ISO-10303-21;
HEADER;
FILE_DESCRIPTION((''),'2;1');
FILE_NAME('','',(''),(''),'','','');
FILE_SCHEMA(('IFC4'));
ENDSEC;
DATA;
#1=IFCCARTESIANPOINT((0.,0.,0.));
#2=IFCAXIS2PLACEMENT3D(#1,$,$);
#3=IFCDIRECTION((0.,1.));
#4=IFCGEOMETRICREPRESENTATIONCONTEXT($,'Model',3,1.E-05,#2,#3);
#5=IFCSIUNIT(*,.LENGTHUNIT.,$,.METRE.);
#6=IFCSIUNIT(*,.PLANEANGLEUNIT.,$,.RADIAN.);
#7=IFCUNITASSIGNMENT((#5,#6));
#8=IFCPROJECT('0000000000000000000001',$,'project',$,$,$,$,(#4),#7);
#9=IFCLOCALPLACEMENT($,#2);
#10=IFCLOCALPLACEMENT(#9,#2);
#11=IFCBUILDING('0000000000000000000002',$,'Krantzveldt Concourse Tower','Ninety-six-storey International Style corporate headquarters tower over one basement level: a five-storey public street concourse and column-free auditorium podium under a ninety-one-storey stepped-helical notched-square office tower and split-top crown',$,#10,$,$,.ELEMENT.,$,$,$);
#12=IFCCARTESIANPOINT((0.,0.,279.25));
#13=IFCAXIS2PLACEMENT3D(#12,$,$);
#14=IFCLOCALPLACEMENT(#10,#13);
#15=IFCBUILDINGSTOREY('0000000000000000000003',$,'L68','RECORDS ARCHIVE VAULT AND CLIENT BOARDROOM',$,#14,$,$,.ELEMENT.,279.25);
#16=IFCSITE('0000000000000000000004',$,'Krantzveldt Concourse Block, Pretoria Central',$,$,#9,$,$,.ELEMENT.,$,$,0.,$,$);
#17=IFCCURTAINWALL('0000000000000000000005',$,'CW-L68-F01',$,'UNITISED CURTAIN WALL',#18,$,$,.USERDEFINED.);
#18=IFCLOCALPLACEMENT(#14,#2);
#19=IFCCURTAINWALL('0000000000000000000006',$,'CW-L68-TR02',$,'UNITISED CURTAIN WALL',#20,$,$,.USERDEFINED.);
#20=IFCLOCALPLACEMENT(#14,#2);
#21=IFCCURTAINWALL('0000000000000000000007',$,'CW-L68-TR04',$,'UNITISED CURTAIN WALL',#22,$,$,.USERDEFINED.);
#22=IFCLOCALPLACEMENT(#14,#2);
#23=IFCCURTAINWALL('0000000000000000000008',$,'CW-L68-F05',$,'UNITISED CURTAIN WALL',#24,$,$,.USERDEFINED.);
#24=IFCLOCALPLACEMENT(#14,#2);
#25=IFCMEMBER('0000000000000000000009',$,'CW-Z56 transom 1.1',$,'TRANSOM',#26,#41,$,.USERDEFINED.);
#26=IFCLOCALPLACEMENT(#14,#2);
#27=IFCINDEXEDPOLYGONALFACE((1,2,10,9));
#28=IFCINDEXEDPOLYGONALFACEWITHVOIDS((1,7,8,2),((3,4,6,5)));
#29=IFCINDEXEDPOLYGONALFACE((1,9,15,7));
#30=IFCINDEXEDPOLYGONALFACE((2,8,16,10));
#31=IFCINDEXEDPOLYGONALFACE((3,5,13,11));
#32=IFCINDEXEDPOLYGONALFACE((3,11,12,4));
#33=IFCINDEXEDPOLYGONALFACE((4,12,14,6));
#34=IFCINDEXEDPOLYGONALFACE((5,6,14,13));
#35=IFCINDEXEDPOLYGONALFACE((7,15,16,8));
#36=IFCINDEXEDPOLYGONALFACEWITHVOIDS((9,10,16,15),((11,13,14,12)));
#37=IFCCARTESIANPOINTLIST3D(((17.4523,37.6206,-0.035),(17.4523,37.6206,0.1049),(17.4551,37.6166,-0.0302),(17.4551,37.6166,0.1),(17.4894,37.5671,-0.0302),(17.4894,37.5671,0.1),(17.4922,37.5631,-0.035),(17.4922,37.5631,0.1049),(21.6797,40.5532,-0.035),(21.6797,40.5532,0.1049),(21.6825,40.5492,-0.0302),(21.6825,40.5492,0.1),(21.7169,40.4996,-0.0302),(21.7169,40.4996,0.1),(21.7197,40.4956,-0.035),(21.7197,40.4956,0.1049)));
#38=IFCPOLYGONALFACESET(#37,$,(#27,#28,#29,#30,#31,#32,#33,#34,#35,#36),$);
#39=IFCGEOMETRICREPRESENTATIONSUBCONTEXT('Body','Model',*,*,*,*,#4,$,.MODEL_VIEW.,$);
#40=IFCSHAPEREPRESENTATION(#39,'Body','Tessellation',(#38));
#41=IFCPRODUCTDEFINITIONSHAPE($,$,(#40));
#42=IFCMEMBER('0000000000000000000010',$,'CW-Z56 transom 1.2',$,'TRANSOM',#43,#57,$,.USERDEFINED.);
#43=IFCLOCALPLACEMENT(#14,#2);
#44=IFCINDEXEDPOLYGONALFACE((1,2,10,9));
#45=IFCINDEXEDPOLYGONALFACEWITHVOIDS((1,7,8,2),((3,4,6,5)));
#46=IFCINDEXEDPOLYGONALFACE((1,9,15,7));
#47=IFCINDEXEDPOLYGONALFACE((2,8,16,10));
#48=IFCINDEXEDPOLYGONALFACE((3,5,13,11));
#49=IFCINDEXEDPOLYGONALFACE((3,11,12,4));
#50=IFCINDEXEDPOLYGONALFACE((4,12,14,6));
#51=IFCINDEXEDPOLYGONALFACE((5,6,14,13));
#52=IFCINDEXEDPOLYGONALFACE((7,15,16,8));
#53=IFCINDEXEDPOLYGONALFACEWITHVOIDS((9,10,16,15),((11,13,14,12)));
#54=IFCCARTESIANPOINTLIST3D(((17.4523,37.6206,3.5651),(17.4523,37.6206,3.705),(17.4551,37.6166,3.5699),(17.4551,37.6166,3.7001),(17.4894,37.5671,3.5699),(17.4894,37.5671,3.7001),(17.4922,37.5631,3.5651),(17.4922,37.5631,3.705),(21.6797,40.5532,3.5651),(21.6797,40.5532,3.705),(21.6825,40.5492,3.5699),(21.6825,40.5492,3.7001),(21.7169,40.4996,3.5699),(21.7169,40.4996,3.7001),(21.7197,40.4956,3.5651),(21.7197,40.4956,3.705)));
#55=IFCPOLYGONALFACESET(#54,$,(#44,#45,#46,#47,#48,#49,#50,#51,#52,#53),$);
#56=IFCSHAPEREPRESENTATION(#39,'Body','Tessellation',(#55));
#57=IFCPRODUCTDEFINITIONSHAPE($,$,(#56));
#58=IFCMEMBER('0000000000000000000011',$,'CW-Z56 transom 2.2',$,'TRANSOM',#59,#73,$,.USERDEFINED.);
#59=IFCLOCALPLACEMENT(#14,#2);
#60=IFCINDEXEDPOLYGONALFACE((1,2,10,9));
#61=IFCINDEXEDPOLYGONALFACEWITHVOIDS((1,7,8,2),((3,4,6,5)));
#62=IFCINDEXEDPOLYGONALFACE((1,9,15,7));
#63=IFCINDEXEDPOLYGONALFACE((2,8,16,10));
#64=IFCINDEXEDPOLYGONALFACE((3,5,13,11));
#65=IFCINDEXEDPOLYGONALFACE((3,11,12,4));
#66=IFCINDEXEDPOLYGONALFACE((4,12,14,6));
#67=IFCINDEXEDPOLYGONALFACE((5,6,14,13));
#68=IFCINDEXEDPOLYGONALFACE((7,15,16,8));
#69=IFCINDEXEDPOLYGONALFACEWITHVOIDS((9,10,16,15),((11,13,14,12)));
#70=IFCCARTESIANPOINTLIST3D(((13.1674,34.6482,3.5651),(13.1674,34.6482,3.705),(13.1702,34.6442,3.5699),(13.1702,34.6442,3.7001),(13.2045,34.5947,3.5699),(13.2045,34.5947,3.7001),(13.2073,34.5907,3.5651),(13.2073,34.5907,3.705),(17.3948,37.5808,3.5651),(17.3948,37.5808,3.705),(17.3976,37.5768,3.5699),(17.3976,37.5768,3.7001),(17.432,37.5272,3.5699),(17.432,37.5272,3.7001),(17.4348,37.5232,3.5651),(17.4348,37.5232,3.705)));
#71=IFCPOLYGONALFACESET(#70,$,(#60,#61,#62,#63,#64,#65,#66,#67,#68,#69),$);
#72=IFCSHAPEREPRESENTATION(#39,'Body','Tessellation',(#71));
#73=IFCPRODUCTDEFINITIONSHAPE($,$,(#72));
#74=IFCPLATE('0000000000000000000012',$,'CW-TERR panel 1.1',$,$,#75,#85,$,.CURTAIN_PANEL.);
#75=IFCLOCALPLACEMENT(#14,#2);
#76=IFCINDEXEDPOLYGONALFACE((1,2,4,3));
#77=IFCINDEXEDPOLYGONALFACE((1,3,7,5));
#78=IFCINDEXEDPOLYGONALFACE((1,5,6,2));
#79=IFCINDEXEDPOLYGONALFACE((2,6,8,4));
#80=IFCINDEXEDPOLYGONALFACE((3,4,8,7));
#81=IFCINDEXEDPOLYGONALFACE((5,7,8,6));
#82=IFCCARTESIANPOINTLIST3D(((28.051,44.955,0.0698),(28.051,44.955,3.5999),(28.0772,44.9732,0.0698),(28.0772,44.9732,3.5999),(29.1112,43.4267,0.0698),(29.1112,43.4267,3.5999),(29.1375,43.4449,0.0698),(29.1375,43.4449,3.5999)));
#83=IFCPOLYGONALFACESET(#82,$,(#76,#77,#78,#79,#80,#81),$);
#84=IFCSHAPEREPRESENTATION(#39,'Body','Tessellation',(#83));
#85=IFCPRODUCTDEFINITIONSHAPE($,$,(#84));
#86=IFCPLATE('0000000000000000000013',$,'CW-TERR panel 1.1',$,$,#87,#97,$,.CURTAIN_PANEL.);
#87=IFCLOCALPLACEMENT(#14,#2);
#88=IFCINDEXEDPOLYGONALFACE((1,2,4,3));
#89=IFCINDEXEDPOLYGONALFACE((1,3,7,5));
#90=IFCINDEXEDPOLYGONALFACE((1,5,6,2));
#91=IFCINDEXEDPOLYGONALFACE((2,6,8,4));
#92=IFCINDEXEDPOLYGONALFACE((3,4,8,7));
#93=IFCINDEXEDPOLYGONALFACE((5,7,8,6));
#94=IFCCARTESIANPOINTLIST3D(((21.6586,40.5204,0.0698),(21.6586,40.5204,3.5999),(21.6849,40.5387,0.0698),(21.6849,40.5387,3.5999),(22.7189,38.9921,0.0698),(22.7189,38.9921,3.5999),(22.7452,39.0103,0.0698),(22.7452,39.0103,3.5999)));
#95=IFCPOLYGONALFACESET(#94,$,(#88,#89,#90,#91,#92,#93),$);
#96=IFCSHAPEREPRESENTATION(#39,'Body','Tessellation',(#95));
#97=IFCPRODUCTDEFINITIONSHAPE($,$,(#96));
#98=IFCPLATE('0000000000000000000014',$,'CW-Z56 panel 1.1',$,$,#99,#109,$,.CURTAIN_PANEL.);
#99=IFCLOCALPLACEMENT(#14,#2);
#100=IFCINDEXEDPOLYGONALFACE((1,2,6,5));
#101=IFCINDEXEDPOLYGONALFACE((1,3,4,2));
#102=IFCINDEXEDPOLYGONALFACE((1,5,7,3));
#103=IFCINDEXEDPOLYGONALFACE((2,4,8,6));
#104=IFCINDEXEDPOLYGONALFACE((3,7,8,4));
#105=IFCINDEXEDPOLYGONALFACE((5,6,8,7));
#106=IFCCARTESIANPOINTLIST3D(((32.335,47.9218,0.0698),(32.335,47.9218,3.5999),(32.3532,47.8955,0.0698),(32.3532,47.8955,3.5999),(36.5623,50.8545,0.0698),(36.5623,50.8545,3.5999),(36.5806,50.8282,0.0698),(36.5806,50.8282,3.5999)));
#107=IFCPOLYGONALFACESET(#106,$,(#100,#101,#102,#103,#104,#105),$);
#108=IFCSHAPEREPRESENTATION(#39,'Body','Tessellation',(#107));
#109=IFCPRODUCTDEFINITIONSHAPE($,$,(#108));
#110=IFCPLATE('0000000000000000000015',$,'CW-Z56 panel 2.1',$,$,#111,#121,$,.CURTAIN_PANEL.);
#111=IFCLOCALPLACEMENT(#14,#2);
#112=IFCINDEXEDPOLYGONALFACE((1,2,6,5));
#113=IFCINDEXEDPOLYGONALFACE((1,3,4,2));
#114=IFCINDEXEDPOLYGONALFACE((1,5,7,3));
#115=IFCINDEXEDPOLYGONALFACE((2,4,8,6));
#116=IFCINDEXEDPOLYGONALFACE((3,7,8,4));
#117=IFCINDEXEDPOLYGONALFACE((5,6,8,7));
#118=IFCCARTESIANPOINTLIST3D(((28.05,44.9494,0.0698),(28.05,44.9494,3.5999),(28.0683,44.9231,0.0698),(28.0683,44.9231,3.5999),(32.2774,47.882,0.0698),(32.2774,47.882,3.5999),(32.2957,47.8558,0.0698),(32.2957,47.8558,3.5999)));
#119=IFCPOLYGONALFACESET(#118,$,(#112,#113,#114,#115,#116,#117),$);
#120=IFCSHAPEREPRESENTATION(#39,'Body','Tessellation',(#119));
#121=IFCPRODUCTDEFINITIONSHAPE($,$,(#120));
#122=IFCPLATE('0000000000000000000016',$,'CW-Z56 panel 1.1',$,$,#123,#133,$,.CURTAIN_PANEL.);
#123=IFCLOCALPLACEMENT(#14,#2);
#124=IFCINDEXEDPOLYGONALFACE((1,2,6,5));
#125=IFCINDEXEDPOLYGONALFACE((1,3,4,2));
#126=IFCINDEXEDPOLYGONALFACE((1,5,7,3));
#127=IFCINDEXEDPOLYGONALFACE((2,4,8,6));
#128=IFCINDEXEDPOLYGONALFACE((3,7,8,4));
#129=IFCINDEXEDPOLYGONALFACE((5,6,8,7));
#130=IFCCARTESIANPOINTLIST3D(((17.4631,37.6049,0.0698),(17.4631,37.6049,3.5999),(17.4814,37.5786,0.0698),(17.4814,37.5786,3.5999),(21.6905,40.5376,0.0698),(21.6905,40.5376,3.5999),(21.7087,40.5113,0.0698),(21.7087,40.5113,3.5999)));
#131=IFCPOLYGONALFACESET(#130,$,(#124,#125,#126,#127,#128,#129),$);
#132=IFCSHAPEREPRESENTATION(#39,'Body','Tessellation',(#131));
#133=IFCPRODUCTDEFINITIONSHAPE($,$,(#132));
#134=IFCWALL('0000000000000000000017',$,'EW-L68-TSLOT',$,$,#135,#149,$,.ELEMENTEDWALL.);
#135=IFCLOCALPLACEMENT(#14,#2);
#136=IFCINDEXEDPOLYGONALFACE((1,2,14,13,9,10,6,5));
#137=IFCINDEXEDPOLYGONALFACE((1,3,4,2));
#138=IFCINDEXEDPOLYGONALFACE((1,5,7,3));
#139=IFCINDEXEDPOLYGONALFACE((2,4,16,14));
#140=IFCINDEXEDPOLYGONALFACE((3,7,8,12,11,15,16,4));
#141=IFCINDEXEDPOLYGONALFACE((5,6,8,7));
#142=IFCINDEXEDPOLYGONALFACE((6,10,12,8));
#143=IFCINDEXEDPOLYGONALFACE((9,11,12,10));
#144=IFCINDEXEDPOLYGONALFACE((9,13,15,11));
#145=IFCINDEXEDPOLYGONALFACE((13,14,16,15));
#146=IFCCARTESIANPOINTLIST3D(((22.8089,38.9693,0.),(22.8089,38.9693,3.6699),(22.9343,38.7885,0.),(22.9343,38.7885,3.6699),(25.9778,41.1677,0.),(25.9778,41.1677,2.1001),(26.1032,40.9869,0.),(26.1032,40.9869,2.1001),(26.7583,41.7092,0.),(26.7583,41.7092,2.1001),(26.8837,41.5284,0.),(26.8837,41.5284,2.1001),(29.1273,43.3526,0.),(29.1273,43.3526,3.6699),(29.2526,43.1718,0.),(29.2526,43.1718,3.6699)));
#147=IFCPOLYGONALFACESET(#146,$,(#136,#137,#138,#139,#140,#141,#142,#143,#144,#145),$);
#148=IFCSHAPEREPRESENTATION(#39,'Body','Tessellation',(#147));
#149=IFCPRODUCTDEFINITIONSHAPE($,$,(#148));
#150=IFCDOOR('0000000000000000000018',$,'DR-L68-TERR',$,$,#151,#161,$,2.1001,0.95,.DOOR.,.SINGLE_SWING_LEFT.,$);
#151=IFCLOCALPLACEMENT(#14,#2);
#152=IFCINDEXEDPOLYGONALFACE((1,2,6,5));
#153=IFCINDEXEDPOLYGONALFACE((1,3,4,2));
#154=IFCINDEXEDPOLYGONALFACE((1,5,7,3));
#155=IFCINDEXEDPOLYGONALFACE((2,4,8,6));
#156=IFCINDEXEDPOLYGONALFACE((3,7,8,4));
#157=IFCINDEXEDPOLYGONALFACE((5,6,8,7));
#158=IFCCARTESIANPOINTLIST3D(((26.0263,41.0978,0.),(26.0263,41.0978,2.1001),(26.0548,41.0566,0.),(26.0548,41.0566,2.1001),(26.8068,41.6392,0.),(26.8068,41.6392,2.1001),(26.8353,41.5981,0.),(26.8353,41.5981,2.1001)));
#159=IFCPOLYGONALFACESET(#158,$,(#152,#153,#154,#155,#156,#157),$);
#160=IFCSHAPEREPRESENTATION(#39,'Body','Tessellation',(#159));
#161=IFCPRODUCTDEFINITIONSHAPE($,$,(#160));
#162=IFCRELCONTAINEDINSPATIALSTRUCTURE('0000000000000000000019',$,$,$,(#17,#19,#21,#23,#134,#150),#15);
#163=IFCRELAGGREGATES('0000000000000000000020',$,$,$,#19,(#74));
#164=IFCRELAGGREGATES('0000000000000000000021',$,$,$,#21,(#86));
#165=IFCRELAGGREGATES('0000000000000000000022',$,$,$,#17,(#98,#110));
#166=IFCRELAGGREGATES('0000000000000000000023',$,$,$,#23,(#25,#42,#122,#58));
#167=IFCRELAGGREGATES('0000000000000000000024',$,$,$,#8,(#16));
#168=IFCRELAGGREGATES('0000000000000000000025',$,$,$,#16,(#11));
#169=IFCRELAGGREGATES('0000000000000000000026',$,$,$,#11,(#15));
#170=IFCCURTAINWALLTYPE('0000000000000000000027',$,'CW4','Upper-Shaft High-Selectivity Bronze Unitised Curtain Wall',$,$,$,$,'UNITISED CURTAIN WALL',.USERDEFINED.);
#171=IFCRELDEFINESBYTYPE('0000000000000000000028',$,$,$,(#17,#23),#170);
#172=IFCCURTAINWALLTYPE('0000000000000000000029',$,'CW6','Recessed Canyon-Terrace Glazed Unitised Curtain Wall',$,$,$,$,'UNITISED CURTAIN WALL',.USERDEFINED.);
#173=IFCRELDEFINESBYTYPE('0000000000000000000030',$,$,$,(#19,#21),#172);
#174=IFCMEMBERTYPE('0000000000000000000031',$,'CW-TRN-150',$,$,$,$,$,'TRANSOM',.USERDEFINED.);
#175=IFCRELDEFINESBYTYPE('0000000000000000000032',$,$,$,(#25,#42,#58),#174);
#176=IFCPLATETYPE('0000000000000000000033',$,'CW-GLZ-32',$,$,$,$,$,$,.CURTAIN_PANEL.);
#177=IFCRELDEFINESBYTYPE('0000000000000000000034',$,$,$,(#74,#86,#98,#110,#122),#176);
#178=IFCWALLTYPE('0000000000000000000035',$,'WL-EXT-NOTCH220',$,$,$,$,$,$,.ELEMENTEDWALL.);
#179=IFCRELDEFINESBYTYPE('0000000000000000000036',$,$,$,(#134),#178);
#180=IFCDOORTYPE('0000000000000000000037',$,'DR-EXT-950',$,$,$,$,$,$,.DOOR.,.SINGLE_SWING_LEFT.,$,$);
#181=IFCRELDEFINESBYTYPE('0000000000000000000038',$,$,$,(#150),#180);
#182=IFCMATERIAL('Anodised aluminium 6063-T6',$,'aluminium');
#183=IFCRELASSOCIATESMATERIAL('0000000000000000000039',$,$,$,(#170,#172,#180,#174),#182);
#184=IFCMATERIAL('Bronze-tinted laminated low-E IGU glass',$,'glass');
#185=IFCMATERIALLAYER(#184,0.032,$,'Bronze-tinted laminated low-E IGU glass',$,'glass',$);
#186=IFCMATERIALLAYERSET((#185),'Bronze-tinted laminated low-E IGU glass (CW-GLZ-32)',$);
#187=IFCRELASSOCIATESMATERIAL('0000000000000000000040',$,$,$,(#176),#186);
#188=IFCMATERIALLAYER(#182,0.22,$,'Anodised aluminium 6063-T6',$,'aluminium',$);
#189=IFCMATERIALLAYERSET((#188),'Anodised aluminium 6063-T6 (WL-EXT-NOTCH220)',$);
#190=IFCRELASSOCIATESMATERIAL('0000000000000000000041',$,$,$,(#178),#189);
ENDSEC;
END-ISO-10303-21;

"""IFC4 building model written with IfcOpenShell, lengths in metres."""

from ifc_helpers import new_model, si_unit, direction, frame, frame_2d, origin, origin_2d, place, context, subcontext, project, spatial, rectangle, hollow_rectangle, extrude, source, transform, mapped, material, layer, layer_set, material_profile, profile_set, type_object, type_shapes, element, fill, aggregate, save


model = new_model("IFC4")

# Units and contexts
model_context = context("Model", 3, precision=1e-05, world=origin(), true_north=direction((0.0, 1.0)))
body_context = subcontext(model_context, "Body", "Model", "MODEL_VIEW")
ifc_project = project(units=[si_unit("LENGTHUNIT", "METRE"), si_unit("PLANEANGLEUNIT", "RADIAN")], contexts=[model_context])

# Site, building, storey
site_placement = place(None, origin())
site = spatial("IfcSite", under=ifc_project, at=site_placement, Name="Krantzveldt Concourse Block, Pretoria Central", CompositionType="ELEMENT", RefElevation=0.0)
building_placement = place(site_placement, origin())
building = spatial("IfcBuilding", under=site, at=building_placement, Name="Krantzveldt Concourse Tower", Description="Ninety-six-storey International Style corporate headquarters tower over one basement level: a five-storey public street concourse and column-free auditorium podium under a ninety-one-storey stepped-helical notched-square office tower and split-top crown", CompositionType="ELEMENT")
storey_placement = place(building_placement, frame((0.0, 0.0, 279.25)))
storey = spatial("IfcBuildingStorey", under=building, at=storey_placement, Name="L68", Description="RECORDS ARCHIVE VAULT AND CLIENT BOARDROOM", CompositionType="ELEMENT", Elevation=279.25)

# Curtain walls
ifc_material_1 = material(Name="Anodised aluminium 6063-T6", Category="aluminium")
curtain_wall_type_1 = type_object("IfcCurtainWallType", Name="CW4", Description="Upper-Shaft High-Selectivity Bronze Unitised Curtain Wall", ElementType="UNITISED CURTAIN WALL", PredefinedType="USERDEFINED", material=ifc_material_1)
curtain_wall_1_placement = place(storey_placement, origin())
curtain_wall_1 = element("IfcCurtainWall", 1, at=curtain_wall_1_placement, inside=storey, type_object=curtain_wall_type_1, Name="CW-L68-F01", ObjectType="UNITISED CURTAIN WALL", PredefinedType="USERDEFINED")
curtain_wall_type_2 = type_object("IfcCurtainWallType", Name="CW6", Description="Recessed Canyon-Terrace Glazed Unitised Curtain Wall", ElementType="UNITISED CURTAIN WALL", PredefinedType="USERDEFINED", material=ifc_material_1)
curtain_wall_2_placement = place(storey_placement, origin())
curtain_wall_2 = element("IfcCurtainWall", 2, at=curtain_wall_2_placement, inside=storey, type_object=curtain_wall_type_2, Name="CW-L68-TR02", ObjectType="UNITISED CURTAIN WALL", PredefinedType="USERDEFINED")
curtain_wall_3_placement = place(storey_placement, origin())
curtain_wall_3 = element("IfcCurtainWall", 3, at=curtain_wall_3_placement, inside=storey, type_object=curtain_wall_type_2, Name="CW-L68-TR04", ObjectType="UNITISED CURTAIN WALL", PredefinedType="USERDEFINED")
curtain_wall_4_placement = place(storey_placement, origin())
curtain_wall_4 = element("IfcCurtainWall", 4, at=curtain_wall_4_placement, inside=storey, type_object=curtain_wall_type_1, Name="CW-L68-F05", ObjectType="UNITISED CURTAIN WALL", PredefinedType="USERDEFINED")

# Members
ifc_material_profile_1 = material_profile(ifc_material_1, hollow_rectangle(XDim=0.0701, YDim=0.1399, WallThickness=0.0049, at=origin_2d()), Name="Anodised aluminium 6063-T6", Category="aluminium")
ifc_profile_set_1 = profile_set([ifc_material_profile_1], Name="Anodised aluminium 6063-T6 - ALU-TRAN 140x70x5")
member_type_1 = type_object("IfcMemberType", Name="CW-TRN-150", ElementType="TRANSOM", PredefinedType="USERDEFINED", material=ifc_profile_set_1)
shared_shape_1 = source(origin(), body_context, "Body", "SweptSolid", [
    extrude(hollow_rectangle(XDim=0.0701, YDim=0.1399, WallThickness=0.0049, at=origin_2d()), origin(), (0.0, 0.0, 1.0), 5.145),
])
member_1_placement = place(storey_placement, frame((21.6997, 40.5244, 0.0349), z_axis=(-0.821659, -0.56998, 0.0), x_axis=(0.56998, -0.821659, 0.0)))
member_1 = element("IfcMember", 5, at=member_1_placement, type_object=member_type_1, Name="CW-Z56 transom 1.1", ObjectType="TRANSOM", PredefinedType="USERDEFINED", context=body_context, shape_type="MappedRepresentation", body=[
    mapped(shared_shape_1, transform((0.0, 0.0, 0.0), x_axis=(1.0, 0.0, 0.0), y_axis=(0.0, 1.0, 0.0), z_axis=(0.0, 0.0, 1.0), scale=1.0)),
])
member_2_placement = place(storey_placement, frame((21.6997, 40.5244, 3.635), z_axis=(-0.821659, -0.56998, 0.0), x_axis=(0.56998, -0.821659, 0.0)))
member_2 = element("IfcMember", 6, at=member_2_placement, type_object=member_type_1, Name="CW-Z56 transom 1.2", ObjectType="TRANSOM", PredefinedType="USERDEFINED", context=body_context, shape_type="MappedRepresentation", body=[
    mapped(shared_shape_1, transform((0.0, 0.0, 0.0), x_axis=(1.0, 0.0, 0.0), y_axis=(0.0, 1.0, 0.0), z_axis=(0.0, 0.0, 1.0), scale=1.0)),
])
member_3_placement = place(storey_placement, frame((17.4148, 37.552, 3.635), z_axis=(-0.821659, -0.56998, 0.0), x_axis=(0.56998, -0.821659, 0.0)))
member_3 = element("IfcMember", 7, at=member_3_placement, type_object=member_type_1, Name="CW-Z56 transom 2.2", ObjectType="TRANSOM", PredefinedType="USERDEFINED", context=body_context, shape_type="MappedRepresentation", body=[
    mapped(shared_shape_1, transform((0.0, 0.0, 0.0), x_axis=(1.0, 0.0, 0.0), y_axis=(0.0, 1.0, 0.0), z_axis=(0.0, 0.0, 1.0), scale=1.0)),
])

# Plates
ifc_material_2 = material(Name="Bronze-tinted laminated low-E IGU glass", Category="glass")
ifc_layer_1 = layer(ifc_material_2, 0.032, Name="Bronze-tinted laminated low-E IGU glass", Category="glass")
ifc_layer_set_1 = layer_set([ifc_layer_1], Name="Bronze-tinted laminated low-E IGU glass (CW-GLZ-32)")
plate_type = type_object("IfcPlateType", Name="CW-GLZ-32", PredefinedType="CURTAIN_PANEL", material=ifc_layer_set_1)
shared_shape_2 = source(origin(), body_context, "Body", "SweptSolid", [
    extrude(rectangle(XDim=1.8601, YDim=0.032, at=origin_2d()), origin(), (0.0, 0.0, 1.0), 3.53),
])
plate_1_placement = place(storey_placement, frame((28.5942, 44.2, 0.0698), z_axis=(0.0, 0.0, 1.0), x_axis=(0.569998, -0.821646, 0.0)))
plate_1 = element("IfcPlate", 8, at=plate_1_placement, type_object=plate_type, Name="CW-TERR panel 1.1", PredefinedType="CURTAIN_PANEL", context=body_context, shape_type="MappedRepresentation", body=[
    mapped(shared_shape_2, transform((0.0, 0.0, 0.0), x_axis=(1.0, 0.0, 0.0), y_axis=(0.0, 1.0, 0.0), z_axis=(0.0, 0.0, 1.0), scale=1.0)),
])
aggregate(curtain_wall_2, [plate_1])
plate_2_placement = place(storey_placement, frame((22.2019, 39.7654, 0.0698), z_axis=(0.0, 0.0, 1.0), x_axis=(-0.569996, 0.821647, 0.0)))
plate_2 = element("IfcPlate", 9, at=plate_2_placement, type_object=plate_type, Name="CW-TERR panel 1.1", PredefinedType="CURTAIN_PANEL", context=body_context, shape_type="MappedRepresentation", body=[
    mapped(shared_shape_2, transform((0.0, 0.0, 0.0), x_axis=(1.0, 0.0, 0.0), y_axis=(0.0, 1.0, 0.0), z_axis=(0.0, 0.0, 1.0), scale=1.0)),
])
aggregate(curtain_wall_3, [plate_2])
shared_shape_3 = source(origin(), body_context, "Body", "SweptSolid", [
    extrude(rectangle(XDim=5.145, YDim=0.032, at=origin_2d()), origin(), (0.0, 0.0, 1.0), 3.53),
])
type_shapes(plate_type, [shared_shape_2, shared_shape_3])
plate_3_placement = place(storey_placement, frame((34.4578, 49.375, 0.0698), z_axis=(0.0, 0.0, 1.0), x_axis=(-0.821647, -0.569997, 0.0)))
plate_3 = element("IfcPlate", 10, at=plate_3_placement, type_object=plate_type, Name="CW-Z56 panel 1.1", PredefinedType="CURTAIN_PANEL", context=body_context, shape_type="MappedRepresentation", body=[
    mapped(shared_shape_3, transform((0.0, 0.0, 0.0), x_axis=(1.0, 0.0, 0.0), y_axis=(0.0, 1.0, 0.0), z_axis=(0.0, 0.0, 1.0), scale=1.0)),
])
plate_4_placement = place(storey_placement, frame((30.1729, 46.4026, 0.0698), z_axis=(0.0, 0.0, 1.0), x_axis=(-0.821647, -0.569997, 0.0)))
plate_4 = element("IfcPlate", 11, at=plate_4_placement, type_object=plate_type, Name="CW-Z56 panel 2.1", PredefinedType="CURTAIN_PANEL", context=body_context, shape_type="MappedRepresentation", body=[
    mapped(shared_shape_3, transform((0.0, 0.0, 0.0), x_axis=(1.0, 0.0, 0.0), y_axis=(0.0, 1.0, 0.0), z_axis=(0.0, 0.0, 1.0), scale=1.0)),
])
aggregate(curtain_wall_1, [plate_3, plate_4])
plate_5_placement = place(storey_placement, frame((19.5859, 39.0581, 0.0698), z_axis=(0.0, 0.0, 1.0), x_axis=(-0.821647, -0.569996, 0.0)))
plate_5 = element("IfcPlate", 12, at=plate_5_placement, type_object=plate_type, Name="CW-Z56 panel 1.1", PredefinedType="CURTAIN_PANEL", context=body_context, shape_type="MappedRepresentation", body=[
    mapped(shared_shape_3, transform((0.0, 0.0, 0.0), x_axis=(1.0, 0.0, 0.0), y_axis=(0.0, 1.0, 0.0), z_axis=(0.0, 0.0, 1.0), scale=1.0)),
])
aggregate(curtain_wall_4, [member_1, member_2, plate_5, member_3])

# Wall, opening, door
ifc_layer_2 = layer(ifc_material_1, 0.22, Name="Anodised aluminium 6063-T6", Category="aluminium")
ifc_layer_set_2 = layer_set([ifc_layer_2], Name="Anodised aluminium 6063-T6 (WL-EXT-NOTCH220)")
wall_type = type_object("IfcWallType", Name="WL-EXT-NOTCH220", PredefinedType="ELEMENTEDWALL", material=ifc_layer_set_2)
wall_placement = place(storey_placement, frame((22.8716, 38.8789, 0.0), z_axis=(0.0, 0.0, 1.0), x_axis=(0.821641, 0.570005, 0.0)))
wall = element("IfcWall", 13, at=wall_placement, inside=storey, type_object=wall_type, Name="EW-L68-TSLOT", PredefinedType="ELEMENTEDWALL", context=body_context, shape_type="SweptSolid", body=[
    extrude(rectangle(XDim=7.6899, YDim=0.22, at=frame_2d((3.845, 0.0))), origin(), (0.0, 0.0, 1.0), 3.6699),
])
opening_placement = place(wall_placement, frame((3.8567, 0.0, 0.0)))
opening = element("IfcOpeningElement", 14, at=opening_placement, cuts=wall, PredefinedType="OPENING", context=body_context, shape_type="SweptSolid", body=[
    extrude(rectangle(XDim=0.95, YDim=2.1001, at=frame_2d((0.4751, 1.05))), frame((0.0, 0.1201, 0.0), z_axis=(0.0, -1.0, 0.0), x_axis=(1.0, 0.0, 0.0)), (0.0, 0.0, 1.0), 0.24),
])
door_type = type_object("IfcDoorType", Name="DR-EXT-950", OperationType="SINGLE_SWING_LEFT", PredefinedType="DOOR", material=ifc_material_1)
door_placement = place(opening_placement, origin())
door = element("IfcDoor", 15, at=door_placement, inside=storey, type_object=door_type, Name="DR-L68-TERR", OperationType="SINGLE_SWING_LEFT", OverallHeight=2.1001, OverallWidth=0.95, PredefinedType="DOOR", context=body_context, shape_type="SweptSolid", body=[
    extrude(rectangle(XDim=0.95, YDim=2.1001, at=frame_2d((0.4751, 1.05))), frame((0.0, 0.0249, 0.0), z_axis=(0.0, -1.0, 0.0), x_axis=(1.0, 0.0, 0.0)), (0.0, 0.0, 1.0), 0.05),
])
fill(opening, door)

save(model, "model.ifc")
